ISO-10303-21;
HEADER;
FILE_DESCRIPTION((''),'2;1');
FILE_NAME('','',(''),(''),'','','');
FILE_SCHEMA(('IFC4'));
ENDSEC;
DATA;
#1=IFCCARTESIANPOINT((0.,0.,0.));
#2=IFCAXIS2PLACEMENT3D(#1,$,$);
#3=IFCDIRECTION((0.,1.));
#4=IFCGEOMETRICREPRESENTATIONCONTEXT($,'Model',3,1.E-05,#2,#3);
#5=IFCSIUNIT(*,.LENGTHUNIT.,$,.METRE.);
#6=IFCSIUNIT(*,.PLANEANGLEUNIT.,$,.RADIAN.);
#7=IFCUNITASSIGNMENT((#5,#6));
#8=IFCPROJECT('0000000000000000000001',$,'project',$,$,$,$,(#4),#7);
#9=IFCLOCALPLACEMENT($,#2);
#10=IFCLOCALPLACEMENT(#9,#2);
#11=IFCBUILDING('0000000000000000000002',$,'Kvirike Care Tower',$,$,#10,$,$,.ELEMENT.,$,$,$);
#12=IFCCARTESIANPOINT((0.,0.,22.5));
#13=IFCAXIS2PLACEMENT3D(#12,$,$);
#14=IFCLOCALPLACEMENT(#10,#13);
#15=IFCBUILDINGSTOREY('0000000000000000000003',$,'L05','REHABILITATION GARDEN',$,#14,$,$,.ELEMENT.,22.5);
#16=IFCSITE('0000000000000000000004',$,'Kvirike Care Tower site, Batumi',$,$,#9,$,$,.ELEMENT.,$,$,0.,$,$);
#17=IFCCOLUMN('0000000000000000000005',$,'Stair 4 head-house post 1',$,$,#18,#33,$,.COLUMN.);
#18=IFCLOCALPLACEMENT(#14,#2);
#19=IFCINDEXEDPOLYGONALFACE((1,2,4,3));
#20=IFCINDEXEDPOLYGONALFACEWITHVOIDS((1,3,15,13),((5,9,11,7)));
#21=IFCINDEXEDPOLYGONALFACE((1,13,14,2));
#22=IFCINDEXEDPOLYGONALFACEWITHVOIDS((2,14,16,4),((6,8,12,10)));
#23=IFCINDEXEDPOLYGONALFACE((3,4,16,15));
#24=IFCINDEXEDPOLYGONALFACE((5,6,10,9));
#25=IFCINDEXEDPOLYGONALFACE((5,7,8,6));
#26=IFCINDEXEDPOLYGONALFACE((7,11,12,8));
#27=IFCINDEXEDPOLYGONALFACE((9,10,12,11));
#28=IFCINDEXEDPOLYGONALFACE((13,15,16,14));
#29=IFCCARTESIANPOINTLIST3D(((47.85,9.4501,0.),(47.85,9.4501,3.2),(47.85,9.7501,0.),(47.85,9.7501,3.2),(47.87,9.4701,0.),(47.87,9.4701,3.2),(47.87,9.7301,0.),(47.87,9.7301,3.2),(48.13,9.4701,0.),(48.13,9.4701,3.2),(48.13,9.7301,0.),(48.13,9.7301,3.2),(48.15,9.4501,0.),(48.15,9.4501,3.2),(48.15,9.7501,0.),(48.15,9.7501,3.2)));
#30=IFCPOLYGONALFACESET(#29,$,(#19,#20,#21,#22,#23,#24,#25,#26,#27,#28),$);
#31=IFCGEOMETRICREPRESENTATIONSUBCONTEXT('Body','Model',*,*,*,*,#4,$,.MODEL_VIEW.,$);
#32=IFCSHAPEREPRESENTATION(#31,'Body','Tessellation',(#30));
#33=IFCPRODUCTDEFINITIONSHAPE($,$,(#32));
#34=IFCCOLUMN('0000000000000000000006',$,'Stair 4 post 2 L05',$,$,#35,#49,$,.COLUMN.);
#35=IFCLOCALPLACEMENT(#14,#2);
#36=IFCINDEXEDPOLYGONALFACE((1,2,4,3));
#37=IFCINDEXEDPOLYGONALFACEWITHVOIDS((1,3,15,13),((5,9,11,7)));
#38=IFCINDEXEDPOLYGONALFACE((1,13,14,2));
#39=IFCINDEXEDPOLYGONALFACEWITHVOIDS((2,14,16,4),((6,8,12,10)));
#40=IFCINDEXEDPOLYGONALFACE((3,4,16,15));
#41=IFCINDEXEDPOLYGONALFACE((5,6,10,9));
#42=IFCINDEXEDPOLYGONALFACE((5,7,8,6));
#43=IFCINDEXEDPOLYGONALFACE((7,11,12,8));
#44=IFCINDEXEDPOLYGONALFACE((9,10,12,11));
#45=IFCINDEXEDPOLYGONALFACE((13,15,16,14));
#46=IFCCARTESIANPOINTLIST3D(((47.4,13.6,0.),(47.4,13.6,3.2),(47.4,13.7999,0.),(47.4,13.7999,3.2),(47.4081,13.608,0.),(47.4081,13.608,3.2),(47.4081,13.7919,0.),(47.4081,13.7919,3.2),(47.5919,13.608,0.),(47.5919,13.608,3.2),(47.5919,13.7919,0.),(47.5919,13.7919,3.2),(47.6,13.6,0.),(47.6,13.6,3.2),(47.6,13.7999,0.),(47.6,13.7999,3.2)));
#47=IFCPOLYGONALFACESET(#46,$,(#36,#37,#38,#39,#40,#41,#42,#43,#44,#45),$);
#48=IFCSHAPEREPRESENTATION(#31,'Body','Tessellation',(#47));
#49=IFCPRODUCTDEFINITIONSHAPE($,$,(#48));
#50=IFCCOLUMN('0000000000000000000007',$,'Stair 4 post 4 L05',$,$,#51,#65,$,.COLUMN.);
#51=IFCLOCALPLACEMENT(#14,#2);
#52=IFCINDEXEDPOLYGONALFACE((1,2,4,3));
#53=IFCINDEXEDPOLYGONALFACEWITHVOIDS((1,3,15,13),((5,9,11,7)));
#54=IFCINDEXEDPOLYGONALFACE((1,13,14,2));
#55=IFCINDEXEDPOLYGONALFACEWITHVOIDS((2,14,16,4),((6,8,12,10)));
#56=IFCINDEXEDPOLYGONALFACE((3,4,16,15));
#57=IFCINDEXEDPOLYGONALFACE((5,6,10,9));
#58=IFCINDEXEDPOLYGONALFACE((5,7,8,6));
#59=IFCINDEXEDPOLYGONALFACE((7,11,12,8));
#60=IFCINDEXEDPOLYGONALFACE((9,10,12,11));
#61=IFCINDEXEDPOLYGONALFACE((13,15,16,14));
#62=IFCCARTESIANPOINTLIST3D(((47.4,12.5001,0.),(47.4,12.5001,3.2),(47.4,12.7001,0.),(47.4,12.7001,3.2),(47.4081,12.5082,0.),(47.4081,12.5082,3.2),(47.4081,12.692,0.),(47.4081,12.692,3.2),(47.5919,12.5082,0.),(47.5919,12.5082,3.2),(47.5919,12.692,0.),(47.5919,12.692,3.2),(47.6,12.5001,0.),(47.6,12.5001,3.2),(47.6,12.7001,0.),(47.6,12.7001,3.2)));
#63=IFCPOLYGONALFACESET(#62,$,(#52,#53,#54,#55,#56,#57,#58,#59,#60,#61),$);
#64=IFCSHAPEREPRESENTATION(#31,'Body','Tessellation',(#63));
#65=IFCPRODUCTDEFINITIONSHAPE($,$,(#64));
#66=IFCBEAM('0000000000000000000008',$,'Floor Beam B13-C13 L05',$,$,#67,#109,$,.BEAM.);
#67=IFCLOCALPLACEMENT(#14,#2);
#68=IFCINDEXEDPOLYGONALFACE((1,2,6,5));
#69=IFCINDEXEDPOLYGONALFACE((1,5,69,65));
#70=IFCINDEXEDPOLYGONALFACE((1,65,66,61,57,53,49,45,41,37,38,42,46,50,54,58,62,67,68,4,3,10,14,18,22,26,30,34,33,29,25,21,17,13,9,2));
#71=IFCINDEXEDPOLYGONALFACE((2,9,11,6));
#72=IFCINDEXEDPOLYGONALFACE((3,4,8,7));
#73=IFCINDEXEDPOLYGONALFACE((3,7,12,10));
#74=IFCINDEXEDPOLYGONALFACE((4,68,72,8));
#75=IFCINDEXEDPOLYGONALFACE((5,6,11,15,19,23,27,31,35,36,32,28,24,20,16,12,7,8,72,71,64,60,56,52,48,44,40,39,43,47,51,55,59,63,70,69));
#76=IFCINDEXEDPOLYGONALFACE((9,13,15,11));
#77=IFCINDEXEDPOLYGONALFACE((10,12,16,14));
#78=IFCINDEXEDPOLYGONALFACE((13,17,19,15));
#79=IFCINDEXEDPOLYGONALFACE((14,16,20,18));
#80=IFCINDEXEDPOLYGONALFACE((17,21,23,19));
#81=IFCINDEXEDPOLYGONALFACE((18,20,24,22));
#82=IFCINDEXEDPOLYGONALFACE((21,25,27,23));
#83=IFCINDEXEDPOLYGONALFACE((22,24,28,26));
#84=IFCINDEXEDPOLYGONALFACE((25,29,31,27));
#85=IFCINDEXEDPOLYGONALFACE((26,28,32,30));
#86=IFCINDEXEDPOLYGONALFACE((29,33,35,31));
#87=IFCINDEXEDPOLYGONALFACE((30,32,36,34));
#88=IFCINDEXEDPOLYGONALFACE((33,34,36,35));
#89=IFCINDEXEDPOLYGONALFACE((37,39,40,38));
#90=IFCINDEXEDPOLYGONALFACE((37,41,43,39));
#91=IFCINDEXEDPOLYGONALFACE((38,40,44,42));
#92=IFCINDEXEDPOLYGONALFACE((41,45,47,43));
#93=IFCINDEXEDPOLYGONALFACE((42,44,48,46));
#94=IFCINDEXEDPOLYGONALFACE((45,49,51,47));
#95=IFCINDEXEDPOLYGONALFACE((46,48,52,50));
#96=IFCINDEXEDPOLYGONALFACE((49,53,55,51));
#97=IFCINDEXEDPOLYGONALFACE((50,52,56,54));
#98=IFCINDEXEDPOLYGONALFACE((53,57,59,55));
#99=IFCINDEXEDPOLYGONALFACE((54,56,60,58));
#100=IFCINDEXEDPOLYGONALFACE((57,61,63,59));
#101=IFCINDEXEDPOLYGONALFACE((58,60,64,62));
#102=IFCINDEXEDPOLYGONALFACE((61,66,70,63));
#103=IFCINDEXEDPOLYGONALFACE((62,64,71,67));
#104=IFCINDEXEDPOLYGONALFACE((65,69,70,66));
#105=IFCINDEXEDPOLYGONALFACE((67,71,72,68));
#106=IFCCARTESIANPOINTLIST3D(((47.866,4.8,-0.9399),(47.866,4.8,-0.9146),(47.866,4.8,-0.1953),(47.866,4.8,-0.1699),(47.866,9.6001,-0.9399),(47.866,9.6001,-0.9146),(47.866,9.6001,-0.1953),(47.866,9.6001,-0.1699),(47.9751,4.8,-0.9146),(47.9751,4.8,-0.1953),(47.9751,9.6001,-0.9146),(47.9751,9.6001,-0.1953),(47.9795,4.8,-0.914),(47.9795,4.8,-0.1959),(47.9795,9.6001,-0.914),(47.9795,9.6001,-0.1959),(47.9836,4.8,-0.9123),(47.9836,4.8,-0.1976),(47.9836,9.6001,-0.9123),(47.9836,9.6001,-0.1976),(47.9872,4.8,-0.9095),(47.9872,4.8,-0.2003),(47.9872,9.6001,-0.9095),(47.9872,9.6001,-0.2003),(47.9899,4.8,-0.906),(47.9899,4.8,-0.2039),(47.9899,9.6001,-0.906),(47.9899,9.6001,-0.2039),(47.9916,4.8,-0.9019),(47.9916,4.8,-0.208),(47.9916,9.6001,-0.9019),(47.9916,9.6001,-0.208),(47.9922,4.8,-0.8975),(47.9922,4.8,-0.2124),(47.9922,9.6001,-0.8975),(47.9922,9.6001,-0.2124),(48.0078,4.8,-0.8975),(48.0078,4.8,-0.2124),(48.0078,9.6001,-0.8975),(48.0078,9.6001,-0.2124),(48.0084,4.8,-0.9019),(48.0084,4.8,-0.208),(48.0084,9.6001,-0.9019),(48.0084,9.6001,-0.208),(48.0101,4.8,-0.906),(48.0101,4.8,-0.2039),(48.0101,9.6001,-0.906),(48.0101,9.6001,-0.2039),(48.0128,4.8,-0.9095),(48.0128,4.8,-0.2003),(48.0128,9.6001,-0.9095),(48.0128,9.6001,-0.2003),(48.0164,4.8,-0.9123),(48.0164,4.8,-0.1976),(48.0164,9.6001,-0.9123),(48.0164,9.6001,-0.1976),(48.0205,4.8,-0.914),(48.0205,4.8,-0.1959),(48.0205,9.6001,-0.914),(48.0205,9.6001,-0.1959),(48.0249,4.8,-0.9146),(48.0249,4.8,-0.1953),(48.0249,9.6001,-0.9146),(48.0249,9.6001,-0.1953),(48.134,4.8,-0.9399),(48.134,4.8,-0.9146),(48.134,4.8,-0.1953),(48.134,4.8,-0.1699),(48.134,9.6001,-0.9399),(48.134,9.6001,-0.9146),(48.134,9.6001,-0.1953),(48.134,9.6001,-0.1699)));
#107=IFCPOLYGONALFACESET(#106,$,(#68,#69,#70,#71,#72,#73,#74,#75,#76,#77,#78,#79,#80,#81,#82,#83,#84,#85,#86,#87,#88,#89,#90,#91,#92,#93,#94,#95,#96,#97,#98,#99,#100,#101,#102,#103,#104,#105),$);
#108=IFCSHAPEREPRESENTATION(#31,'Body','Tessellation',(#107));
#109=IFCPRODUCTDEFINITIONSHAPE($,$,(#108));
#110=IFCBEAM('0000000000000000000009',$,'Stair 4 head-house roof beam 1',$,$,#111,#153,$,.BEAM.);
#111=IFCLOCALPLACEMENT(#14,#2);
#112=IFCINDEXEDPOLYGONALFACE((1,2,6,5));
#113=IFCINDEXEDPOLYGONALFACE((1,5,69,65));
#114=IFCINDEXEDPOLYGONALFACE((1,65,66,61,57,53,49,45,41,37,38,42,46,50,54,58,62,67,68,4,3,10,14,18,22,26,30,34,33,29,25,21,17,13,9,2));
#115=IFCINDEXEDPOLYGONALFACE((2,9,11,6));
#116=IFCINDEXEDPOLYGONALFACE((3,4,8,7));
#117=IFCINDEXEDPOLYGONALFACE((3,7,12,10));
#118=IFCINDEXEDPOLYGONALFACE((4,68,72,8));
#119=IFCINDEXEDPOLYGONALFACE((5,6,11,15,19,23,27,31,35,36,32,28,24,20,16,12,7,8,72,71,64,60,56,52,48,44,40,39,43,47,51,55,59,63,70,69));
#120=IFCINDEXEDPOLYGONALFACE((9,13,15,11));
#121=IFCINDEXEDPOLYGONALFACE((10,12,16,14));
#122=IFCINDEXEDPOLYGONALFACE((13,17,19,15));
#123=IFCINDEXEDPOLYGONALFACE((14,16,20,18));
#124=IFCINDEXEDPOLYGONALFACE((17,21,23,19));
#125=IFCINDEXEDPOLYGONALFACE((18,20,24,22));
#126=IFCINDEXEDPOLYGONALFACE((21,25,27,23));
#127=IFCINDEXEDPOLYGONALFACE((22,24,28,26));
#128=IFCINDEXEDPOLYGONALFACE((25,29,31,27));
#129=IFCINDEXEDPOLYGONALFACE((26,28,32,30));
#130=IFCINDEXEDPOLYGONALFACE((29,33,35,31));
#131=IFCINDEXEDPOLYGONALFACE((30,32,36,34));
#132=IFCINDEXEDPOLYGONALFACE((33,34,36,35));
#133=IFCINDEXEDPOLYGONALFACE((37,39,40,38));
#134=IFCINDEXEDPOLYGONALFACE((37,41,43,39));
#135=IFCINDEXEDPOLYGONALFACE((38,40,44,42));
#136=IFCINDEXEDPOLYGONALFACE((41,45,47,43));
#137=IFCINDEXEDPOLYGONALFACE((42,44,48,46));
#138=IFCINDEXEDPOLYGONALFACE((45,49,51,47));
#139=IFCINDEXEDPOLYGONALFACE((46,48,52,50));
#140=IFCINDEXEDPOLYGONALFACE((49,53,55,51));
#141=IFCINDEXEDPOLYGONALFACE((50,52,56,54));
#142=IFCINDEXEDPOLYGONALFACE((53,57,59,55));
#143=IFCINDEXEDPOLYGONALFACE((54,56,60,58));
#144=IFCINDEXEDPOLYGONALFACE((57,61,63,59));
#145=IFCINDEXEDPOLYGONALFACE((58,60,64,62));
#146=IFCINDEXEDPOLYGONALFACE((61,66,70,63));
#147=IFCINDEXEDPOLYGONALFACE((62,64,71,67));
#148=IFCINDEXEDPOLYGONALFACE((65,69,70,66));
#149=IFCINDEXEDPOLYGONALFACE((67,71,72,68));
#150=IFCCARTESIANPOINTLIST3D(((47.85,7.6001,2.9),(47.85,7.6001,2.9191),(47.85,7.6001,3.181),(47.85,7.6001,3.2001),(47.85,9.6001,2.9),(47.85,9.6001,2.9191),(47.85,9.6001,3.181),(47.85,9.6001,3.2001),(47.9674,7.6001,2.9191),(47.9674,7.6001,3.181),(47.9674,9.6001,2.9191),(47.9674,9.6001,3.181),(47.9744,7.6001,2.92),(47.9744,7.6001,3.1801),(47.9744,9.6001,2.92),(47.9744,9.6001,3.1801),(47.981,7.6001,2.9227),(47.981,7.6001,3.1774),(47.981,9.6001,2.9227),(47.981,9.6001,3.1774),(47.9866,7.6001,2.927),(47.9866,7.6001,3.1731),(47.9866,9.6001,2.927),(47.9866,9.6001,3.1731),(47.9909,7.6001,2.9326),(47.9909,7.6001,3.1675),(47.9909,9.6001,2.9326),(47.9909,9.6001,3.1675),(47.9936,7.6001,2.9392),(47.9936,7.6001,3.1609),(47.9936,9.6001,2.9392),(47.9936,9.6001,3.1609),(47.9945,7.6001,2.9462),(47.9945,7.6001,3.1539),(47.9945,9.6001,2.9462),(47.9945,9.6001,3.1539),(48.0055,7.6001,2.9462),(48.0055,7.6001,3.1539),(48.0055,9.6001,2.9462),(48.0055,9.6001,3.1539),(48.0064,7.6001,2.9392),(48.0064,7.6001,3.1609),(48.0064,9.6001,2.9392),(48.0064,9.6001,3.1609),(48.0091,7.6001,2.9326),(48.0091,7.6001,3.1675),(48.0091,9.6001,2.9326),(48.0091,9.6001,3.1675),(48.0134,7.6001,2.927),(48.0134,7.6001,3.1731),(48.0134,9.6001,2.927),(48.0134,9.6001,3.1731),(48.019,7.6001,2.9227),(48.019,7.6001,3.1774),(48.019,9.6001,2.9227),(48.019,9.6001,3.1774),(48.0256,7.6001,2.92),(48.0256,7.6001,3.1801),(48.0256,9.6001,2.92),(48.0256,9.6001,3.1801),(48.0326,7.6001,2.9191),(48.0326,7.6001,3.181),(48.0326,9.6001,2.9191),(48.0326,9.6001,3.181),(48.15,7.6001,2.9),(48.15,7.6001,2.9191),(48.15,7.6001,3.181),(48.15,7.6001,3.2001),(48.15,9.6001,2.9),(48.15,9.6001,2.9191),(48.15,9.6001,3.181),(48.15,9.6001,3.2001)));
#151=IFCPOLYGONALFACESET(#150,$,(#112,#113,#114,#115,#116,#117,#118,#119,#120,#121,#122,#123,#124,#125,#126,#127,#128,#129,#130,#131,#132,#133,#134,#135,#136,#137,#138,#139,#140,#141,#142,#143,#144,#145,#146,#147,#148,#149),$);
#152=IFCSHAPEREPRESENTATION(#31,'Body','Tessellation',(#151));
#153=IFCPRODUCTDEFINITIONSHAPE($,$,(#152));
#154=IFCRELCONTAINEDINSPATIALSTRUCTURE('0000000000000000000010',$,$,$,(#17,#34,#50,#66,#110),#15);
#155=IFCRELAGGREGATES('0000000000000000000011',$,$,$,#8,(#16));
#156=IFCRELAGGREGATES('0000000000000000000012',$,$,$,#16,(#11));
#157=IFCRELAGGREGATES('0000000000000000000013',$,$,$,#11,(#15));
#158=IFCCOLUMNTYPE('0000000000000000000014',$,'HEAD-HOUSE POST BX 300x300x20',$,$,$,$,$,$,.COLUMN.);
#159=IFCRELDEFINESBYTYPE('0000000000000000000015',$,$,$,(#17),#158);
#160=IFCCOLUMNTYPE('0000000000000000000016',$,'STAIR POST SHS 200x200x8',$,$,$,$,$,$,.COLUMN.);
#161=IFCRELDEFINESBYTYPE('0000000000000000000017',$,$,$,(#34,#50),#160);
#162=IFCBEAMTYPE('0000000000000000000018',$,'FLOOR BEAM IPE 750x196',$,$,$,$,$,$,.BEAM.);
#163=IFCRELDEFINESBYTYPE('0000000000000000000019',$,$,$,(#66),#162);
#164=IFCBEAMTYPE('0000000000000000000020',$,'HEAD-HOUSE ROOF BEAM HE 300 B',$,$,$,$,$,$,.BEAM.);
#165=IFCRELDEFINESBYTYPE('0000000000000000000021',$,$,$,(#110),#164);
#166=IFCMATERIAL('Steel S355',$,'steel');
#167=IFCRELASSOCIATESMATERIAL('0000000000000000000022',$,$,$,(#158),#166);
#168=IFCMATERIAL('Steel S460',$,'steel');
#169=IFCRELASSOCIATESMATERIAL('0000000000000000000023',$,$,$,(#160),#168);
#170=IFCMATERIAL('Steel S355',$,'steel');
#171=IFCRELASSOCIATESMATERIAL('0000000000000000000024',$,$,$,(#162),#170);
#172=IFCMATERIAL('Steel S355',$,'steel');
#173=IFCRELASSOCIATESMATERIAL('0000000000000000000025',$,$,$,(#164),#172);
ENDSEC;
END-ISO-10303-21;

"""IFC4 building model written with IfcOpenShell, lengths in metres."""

from ifc_helpers import new_model, si_unit, direction, frame, origin, origin_2d, place, context, subcontext, project, spatial, hollow_rectangle, i_section, extrude, material, material_profile, profile_set, type_object, element, save


model = new_model("IFC4")

# Units and contexts
model_context = context("Model", 3, precision=1e-05, world=origin(), true_north=direction((0.0, 1.0)))
body_context = subcontext(model_context, "Body", "Model", "MODEL_VIEW")
ifc_project = project(units=[si_unit("LENGTHUNIT", "METRE"), si_unit("PLANEANGLEUNIT", "RADIAN")], contexts=[model_context])

# Site, building, storey
site_placement = place(None, origin())
site = spatial("IfcSite", under=ifc_project, at=site_placement, Name="Kvirike Care Tower site, Batumi", CompositionType="ELEMENT", RefElevation=0.0)
building_placement = place(site_placement, origin())
building = spatial("IfcBuilding", under=site, at=building_placement, Name="Kvirike Care Tower", CompositionType="ELEMENT")
storey_placement = place(building_placement, frame((0.0, 0.0, 22.5)))
storey = spatial("IfcBuildingStorey", under=building, at=storey_placement, Name="L05", Description="REHABILITATION GARDEN", CompositionType="ELEMENT", Elevation=22.5)

# Columns
ifc_material_1 = material(Name="Steel S355", Category="steel")
ifc_material_profile_1 = material_profile(ifc_material_1, hollow_rectangle(XDim=0.3, YDim=0.3, WallThickness=0.02, at=origin_2d()), Name="BX 300x300x20")
ifc_profile_set_1 = profile_set([ifc_material_profile_1], Name="Steel S355")
column_type_1 = type_object("IfcColumnType", Name="HEAD-HOUSE POST BX 300x300x20", PredefinedType="COLUMN", material=ifc_profile_set_1)
column_placement = place(storey_placement, frame((48.0, 9.6001, 0.0), z_axis=(0.0, 0.0, 1.0), x_axis=(1.0, 0.0, 0.0)))
element("IfcColumn", 1, at=column_placement, inside=storey, type_object=column_type_1, Name="Stair 4 head-house post 1", PredefinedType="COLUMN", context=body_context, shape_type="SweptSolid", body=[
    extrude(hollow_rectangle(XDim=0.3, YDim=0.3, WallThickness=0.02, at=origin_2d()), origin(), (0.0, 0.0, 1.0), 3.2),
])
ifc_material_2 = material(Name="Steel S460", Category="steel")
ifc_material_profile_2 = material_profile(ifc_material_2, hollow_rectangle(XDim=0.2, YDim=0.2, WallThickness=0.0081, at=origin_2d()), Name="SHS 200x200x8")
ifc_profile_set_2 = profile_set([ifc_material_profile_2], Name="Steel S460")
column_type_2 = type_object("IfcColumnType", Name="STAIR POST SHS 200x200x8", PredefinedType="COLUMN", material=ifc_profile_set_2)
for number, where, z_axis, x_axis, name in (
    (2, (47.5, 13.7, 0.0), (0.0, 0.0, 1.0), (1.0, 0.0, 0.0), "Stair 4 post 2 L05"),
    (3, (47.5, 12.6001, 0.0), (0.0, 0.0, 1.0), (1.0, 0.0, 0.0), "Stair 4 post 4 L05"),
):
    element("IfcColumn", number, at=place(storey_placement, frame(where, z_axis=z_axis, x_axis=x_axis)), inside=storey, type_object=column_type_2, Name=name, PredefinedType="COLUMN", context=body_context, shape_type="SweptSolid", body=[
        extrude(hollow_rectangle(XDim=0.2, YDim=0.2, WallThickness=0.0081, at=origin_2d()), origin(), (0.0, 0.0, 1.0), 3.2),
    ])

# Beams
ifc_material_3 = material(Name="Steel S355", Category="steel")
ifc_material_profile_3 = material_profile(ifc_material_3, i_section(OverallWidth=0.2681, OverallDepth=0.77, WebThickness=0.0156, FlangeThickness=0.0254, FilletRadius=0.0171, at=origin_2d()), Name="IPE 750x196")
ifc_profile_set_3 = profile_set([ifc_material_profile_3], Name="Steel S355")
beam_type_1 = type_object("IfcBeamType", Name="FLOOR BEAM IPE 750x196", PredefinedType="BEAM", material=ifc_profile_set_3)
beam_1_placement = place(storey_placement, frame((48.0, 4.8, -0.5549), z_axis=(0.0, 1.0, 0.0), x_axis=(-1.0, 0.0, 0.0)))
element("IfcBeam", 4, at=beam_1_placement, inside=storey, type_object=beam_type_1, Name="Floor Beam B13-C13 L05", PredefinedType="BEAM", context=body_context, shape_type="SweptSolid", body=[
    extrude(i_section(OverallWidth=0.2681, OverallDepth=0.77, WebThickness=0.0156, FlangeThickness=0.0254, FilletRadius=0.0171, at=origin_2d()), origin(), (0.0, 0.0, 1.0), 4.8),
])
ifc_material_4 = material(Name="Steel S355", Category="steel")
ifc_material_profile_4 = material_profile(ifc_material_4, i_section(OverallWidth=0.3, OverallDepth=0.3, WebThickness=0.011, FlangeThickness=0.019, FilletRadius=0.0271, at=origin_2d()), Name="HE 300 B")
ifc_profile_set_4 = profile_set([ifc_material_profile_4], Name="Steel S355")
beam_type_2 = type_object("IfcBeamType", Name="HEAD-HOUSE ROOF BEAM HE 300 B", PredefinedType="BEAM", material=ifc_profile_set_4)
beam_2_placement = place(storey_placement, frame((48.0, 7.6001, 3.05), z_axis=(0.0, 1.0, 0.0), x_axis=(-1.0, 0.0, 0.0)))
element("IfcBeam", 5, at=beam_2_placement, inside=storey, type_object=beam_type_2, Name="Stair 4 head-house roof beam 1", PredefinedType="BEAM", context=body_context, shape_type="SweptSolid", body=[
    extrude(i_section(OverallWidth=0.3, OverallDepth=0.3, WebThickness=0.011, FlangeThickness=0.019, FilletRadius=0.0271, at=origin_2d()), origin(), (0.0, 0.0, 1.0), 2.0),
])

save(model, "model.ifc")
